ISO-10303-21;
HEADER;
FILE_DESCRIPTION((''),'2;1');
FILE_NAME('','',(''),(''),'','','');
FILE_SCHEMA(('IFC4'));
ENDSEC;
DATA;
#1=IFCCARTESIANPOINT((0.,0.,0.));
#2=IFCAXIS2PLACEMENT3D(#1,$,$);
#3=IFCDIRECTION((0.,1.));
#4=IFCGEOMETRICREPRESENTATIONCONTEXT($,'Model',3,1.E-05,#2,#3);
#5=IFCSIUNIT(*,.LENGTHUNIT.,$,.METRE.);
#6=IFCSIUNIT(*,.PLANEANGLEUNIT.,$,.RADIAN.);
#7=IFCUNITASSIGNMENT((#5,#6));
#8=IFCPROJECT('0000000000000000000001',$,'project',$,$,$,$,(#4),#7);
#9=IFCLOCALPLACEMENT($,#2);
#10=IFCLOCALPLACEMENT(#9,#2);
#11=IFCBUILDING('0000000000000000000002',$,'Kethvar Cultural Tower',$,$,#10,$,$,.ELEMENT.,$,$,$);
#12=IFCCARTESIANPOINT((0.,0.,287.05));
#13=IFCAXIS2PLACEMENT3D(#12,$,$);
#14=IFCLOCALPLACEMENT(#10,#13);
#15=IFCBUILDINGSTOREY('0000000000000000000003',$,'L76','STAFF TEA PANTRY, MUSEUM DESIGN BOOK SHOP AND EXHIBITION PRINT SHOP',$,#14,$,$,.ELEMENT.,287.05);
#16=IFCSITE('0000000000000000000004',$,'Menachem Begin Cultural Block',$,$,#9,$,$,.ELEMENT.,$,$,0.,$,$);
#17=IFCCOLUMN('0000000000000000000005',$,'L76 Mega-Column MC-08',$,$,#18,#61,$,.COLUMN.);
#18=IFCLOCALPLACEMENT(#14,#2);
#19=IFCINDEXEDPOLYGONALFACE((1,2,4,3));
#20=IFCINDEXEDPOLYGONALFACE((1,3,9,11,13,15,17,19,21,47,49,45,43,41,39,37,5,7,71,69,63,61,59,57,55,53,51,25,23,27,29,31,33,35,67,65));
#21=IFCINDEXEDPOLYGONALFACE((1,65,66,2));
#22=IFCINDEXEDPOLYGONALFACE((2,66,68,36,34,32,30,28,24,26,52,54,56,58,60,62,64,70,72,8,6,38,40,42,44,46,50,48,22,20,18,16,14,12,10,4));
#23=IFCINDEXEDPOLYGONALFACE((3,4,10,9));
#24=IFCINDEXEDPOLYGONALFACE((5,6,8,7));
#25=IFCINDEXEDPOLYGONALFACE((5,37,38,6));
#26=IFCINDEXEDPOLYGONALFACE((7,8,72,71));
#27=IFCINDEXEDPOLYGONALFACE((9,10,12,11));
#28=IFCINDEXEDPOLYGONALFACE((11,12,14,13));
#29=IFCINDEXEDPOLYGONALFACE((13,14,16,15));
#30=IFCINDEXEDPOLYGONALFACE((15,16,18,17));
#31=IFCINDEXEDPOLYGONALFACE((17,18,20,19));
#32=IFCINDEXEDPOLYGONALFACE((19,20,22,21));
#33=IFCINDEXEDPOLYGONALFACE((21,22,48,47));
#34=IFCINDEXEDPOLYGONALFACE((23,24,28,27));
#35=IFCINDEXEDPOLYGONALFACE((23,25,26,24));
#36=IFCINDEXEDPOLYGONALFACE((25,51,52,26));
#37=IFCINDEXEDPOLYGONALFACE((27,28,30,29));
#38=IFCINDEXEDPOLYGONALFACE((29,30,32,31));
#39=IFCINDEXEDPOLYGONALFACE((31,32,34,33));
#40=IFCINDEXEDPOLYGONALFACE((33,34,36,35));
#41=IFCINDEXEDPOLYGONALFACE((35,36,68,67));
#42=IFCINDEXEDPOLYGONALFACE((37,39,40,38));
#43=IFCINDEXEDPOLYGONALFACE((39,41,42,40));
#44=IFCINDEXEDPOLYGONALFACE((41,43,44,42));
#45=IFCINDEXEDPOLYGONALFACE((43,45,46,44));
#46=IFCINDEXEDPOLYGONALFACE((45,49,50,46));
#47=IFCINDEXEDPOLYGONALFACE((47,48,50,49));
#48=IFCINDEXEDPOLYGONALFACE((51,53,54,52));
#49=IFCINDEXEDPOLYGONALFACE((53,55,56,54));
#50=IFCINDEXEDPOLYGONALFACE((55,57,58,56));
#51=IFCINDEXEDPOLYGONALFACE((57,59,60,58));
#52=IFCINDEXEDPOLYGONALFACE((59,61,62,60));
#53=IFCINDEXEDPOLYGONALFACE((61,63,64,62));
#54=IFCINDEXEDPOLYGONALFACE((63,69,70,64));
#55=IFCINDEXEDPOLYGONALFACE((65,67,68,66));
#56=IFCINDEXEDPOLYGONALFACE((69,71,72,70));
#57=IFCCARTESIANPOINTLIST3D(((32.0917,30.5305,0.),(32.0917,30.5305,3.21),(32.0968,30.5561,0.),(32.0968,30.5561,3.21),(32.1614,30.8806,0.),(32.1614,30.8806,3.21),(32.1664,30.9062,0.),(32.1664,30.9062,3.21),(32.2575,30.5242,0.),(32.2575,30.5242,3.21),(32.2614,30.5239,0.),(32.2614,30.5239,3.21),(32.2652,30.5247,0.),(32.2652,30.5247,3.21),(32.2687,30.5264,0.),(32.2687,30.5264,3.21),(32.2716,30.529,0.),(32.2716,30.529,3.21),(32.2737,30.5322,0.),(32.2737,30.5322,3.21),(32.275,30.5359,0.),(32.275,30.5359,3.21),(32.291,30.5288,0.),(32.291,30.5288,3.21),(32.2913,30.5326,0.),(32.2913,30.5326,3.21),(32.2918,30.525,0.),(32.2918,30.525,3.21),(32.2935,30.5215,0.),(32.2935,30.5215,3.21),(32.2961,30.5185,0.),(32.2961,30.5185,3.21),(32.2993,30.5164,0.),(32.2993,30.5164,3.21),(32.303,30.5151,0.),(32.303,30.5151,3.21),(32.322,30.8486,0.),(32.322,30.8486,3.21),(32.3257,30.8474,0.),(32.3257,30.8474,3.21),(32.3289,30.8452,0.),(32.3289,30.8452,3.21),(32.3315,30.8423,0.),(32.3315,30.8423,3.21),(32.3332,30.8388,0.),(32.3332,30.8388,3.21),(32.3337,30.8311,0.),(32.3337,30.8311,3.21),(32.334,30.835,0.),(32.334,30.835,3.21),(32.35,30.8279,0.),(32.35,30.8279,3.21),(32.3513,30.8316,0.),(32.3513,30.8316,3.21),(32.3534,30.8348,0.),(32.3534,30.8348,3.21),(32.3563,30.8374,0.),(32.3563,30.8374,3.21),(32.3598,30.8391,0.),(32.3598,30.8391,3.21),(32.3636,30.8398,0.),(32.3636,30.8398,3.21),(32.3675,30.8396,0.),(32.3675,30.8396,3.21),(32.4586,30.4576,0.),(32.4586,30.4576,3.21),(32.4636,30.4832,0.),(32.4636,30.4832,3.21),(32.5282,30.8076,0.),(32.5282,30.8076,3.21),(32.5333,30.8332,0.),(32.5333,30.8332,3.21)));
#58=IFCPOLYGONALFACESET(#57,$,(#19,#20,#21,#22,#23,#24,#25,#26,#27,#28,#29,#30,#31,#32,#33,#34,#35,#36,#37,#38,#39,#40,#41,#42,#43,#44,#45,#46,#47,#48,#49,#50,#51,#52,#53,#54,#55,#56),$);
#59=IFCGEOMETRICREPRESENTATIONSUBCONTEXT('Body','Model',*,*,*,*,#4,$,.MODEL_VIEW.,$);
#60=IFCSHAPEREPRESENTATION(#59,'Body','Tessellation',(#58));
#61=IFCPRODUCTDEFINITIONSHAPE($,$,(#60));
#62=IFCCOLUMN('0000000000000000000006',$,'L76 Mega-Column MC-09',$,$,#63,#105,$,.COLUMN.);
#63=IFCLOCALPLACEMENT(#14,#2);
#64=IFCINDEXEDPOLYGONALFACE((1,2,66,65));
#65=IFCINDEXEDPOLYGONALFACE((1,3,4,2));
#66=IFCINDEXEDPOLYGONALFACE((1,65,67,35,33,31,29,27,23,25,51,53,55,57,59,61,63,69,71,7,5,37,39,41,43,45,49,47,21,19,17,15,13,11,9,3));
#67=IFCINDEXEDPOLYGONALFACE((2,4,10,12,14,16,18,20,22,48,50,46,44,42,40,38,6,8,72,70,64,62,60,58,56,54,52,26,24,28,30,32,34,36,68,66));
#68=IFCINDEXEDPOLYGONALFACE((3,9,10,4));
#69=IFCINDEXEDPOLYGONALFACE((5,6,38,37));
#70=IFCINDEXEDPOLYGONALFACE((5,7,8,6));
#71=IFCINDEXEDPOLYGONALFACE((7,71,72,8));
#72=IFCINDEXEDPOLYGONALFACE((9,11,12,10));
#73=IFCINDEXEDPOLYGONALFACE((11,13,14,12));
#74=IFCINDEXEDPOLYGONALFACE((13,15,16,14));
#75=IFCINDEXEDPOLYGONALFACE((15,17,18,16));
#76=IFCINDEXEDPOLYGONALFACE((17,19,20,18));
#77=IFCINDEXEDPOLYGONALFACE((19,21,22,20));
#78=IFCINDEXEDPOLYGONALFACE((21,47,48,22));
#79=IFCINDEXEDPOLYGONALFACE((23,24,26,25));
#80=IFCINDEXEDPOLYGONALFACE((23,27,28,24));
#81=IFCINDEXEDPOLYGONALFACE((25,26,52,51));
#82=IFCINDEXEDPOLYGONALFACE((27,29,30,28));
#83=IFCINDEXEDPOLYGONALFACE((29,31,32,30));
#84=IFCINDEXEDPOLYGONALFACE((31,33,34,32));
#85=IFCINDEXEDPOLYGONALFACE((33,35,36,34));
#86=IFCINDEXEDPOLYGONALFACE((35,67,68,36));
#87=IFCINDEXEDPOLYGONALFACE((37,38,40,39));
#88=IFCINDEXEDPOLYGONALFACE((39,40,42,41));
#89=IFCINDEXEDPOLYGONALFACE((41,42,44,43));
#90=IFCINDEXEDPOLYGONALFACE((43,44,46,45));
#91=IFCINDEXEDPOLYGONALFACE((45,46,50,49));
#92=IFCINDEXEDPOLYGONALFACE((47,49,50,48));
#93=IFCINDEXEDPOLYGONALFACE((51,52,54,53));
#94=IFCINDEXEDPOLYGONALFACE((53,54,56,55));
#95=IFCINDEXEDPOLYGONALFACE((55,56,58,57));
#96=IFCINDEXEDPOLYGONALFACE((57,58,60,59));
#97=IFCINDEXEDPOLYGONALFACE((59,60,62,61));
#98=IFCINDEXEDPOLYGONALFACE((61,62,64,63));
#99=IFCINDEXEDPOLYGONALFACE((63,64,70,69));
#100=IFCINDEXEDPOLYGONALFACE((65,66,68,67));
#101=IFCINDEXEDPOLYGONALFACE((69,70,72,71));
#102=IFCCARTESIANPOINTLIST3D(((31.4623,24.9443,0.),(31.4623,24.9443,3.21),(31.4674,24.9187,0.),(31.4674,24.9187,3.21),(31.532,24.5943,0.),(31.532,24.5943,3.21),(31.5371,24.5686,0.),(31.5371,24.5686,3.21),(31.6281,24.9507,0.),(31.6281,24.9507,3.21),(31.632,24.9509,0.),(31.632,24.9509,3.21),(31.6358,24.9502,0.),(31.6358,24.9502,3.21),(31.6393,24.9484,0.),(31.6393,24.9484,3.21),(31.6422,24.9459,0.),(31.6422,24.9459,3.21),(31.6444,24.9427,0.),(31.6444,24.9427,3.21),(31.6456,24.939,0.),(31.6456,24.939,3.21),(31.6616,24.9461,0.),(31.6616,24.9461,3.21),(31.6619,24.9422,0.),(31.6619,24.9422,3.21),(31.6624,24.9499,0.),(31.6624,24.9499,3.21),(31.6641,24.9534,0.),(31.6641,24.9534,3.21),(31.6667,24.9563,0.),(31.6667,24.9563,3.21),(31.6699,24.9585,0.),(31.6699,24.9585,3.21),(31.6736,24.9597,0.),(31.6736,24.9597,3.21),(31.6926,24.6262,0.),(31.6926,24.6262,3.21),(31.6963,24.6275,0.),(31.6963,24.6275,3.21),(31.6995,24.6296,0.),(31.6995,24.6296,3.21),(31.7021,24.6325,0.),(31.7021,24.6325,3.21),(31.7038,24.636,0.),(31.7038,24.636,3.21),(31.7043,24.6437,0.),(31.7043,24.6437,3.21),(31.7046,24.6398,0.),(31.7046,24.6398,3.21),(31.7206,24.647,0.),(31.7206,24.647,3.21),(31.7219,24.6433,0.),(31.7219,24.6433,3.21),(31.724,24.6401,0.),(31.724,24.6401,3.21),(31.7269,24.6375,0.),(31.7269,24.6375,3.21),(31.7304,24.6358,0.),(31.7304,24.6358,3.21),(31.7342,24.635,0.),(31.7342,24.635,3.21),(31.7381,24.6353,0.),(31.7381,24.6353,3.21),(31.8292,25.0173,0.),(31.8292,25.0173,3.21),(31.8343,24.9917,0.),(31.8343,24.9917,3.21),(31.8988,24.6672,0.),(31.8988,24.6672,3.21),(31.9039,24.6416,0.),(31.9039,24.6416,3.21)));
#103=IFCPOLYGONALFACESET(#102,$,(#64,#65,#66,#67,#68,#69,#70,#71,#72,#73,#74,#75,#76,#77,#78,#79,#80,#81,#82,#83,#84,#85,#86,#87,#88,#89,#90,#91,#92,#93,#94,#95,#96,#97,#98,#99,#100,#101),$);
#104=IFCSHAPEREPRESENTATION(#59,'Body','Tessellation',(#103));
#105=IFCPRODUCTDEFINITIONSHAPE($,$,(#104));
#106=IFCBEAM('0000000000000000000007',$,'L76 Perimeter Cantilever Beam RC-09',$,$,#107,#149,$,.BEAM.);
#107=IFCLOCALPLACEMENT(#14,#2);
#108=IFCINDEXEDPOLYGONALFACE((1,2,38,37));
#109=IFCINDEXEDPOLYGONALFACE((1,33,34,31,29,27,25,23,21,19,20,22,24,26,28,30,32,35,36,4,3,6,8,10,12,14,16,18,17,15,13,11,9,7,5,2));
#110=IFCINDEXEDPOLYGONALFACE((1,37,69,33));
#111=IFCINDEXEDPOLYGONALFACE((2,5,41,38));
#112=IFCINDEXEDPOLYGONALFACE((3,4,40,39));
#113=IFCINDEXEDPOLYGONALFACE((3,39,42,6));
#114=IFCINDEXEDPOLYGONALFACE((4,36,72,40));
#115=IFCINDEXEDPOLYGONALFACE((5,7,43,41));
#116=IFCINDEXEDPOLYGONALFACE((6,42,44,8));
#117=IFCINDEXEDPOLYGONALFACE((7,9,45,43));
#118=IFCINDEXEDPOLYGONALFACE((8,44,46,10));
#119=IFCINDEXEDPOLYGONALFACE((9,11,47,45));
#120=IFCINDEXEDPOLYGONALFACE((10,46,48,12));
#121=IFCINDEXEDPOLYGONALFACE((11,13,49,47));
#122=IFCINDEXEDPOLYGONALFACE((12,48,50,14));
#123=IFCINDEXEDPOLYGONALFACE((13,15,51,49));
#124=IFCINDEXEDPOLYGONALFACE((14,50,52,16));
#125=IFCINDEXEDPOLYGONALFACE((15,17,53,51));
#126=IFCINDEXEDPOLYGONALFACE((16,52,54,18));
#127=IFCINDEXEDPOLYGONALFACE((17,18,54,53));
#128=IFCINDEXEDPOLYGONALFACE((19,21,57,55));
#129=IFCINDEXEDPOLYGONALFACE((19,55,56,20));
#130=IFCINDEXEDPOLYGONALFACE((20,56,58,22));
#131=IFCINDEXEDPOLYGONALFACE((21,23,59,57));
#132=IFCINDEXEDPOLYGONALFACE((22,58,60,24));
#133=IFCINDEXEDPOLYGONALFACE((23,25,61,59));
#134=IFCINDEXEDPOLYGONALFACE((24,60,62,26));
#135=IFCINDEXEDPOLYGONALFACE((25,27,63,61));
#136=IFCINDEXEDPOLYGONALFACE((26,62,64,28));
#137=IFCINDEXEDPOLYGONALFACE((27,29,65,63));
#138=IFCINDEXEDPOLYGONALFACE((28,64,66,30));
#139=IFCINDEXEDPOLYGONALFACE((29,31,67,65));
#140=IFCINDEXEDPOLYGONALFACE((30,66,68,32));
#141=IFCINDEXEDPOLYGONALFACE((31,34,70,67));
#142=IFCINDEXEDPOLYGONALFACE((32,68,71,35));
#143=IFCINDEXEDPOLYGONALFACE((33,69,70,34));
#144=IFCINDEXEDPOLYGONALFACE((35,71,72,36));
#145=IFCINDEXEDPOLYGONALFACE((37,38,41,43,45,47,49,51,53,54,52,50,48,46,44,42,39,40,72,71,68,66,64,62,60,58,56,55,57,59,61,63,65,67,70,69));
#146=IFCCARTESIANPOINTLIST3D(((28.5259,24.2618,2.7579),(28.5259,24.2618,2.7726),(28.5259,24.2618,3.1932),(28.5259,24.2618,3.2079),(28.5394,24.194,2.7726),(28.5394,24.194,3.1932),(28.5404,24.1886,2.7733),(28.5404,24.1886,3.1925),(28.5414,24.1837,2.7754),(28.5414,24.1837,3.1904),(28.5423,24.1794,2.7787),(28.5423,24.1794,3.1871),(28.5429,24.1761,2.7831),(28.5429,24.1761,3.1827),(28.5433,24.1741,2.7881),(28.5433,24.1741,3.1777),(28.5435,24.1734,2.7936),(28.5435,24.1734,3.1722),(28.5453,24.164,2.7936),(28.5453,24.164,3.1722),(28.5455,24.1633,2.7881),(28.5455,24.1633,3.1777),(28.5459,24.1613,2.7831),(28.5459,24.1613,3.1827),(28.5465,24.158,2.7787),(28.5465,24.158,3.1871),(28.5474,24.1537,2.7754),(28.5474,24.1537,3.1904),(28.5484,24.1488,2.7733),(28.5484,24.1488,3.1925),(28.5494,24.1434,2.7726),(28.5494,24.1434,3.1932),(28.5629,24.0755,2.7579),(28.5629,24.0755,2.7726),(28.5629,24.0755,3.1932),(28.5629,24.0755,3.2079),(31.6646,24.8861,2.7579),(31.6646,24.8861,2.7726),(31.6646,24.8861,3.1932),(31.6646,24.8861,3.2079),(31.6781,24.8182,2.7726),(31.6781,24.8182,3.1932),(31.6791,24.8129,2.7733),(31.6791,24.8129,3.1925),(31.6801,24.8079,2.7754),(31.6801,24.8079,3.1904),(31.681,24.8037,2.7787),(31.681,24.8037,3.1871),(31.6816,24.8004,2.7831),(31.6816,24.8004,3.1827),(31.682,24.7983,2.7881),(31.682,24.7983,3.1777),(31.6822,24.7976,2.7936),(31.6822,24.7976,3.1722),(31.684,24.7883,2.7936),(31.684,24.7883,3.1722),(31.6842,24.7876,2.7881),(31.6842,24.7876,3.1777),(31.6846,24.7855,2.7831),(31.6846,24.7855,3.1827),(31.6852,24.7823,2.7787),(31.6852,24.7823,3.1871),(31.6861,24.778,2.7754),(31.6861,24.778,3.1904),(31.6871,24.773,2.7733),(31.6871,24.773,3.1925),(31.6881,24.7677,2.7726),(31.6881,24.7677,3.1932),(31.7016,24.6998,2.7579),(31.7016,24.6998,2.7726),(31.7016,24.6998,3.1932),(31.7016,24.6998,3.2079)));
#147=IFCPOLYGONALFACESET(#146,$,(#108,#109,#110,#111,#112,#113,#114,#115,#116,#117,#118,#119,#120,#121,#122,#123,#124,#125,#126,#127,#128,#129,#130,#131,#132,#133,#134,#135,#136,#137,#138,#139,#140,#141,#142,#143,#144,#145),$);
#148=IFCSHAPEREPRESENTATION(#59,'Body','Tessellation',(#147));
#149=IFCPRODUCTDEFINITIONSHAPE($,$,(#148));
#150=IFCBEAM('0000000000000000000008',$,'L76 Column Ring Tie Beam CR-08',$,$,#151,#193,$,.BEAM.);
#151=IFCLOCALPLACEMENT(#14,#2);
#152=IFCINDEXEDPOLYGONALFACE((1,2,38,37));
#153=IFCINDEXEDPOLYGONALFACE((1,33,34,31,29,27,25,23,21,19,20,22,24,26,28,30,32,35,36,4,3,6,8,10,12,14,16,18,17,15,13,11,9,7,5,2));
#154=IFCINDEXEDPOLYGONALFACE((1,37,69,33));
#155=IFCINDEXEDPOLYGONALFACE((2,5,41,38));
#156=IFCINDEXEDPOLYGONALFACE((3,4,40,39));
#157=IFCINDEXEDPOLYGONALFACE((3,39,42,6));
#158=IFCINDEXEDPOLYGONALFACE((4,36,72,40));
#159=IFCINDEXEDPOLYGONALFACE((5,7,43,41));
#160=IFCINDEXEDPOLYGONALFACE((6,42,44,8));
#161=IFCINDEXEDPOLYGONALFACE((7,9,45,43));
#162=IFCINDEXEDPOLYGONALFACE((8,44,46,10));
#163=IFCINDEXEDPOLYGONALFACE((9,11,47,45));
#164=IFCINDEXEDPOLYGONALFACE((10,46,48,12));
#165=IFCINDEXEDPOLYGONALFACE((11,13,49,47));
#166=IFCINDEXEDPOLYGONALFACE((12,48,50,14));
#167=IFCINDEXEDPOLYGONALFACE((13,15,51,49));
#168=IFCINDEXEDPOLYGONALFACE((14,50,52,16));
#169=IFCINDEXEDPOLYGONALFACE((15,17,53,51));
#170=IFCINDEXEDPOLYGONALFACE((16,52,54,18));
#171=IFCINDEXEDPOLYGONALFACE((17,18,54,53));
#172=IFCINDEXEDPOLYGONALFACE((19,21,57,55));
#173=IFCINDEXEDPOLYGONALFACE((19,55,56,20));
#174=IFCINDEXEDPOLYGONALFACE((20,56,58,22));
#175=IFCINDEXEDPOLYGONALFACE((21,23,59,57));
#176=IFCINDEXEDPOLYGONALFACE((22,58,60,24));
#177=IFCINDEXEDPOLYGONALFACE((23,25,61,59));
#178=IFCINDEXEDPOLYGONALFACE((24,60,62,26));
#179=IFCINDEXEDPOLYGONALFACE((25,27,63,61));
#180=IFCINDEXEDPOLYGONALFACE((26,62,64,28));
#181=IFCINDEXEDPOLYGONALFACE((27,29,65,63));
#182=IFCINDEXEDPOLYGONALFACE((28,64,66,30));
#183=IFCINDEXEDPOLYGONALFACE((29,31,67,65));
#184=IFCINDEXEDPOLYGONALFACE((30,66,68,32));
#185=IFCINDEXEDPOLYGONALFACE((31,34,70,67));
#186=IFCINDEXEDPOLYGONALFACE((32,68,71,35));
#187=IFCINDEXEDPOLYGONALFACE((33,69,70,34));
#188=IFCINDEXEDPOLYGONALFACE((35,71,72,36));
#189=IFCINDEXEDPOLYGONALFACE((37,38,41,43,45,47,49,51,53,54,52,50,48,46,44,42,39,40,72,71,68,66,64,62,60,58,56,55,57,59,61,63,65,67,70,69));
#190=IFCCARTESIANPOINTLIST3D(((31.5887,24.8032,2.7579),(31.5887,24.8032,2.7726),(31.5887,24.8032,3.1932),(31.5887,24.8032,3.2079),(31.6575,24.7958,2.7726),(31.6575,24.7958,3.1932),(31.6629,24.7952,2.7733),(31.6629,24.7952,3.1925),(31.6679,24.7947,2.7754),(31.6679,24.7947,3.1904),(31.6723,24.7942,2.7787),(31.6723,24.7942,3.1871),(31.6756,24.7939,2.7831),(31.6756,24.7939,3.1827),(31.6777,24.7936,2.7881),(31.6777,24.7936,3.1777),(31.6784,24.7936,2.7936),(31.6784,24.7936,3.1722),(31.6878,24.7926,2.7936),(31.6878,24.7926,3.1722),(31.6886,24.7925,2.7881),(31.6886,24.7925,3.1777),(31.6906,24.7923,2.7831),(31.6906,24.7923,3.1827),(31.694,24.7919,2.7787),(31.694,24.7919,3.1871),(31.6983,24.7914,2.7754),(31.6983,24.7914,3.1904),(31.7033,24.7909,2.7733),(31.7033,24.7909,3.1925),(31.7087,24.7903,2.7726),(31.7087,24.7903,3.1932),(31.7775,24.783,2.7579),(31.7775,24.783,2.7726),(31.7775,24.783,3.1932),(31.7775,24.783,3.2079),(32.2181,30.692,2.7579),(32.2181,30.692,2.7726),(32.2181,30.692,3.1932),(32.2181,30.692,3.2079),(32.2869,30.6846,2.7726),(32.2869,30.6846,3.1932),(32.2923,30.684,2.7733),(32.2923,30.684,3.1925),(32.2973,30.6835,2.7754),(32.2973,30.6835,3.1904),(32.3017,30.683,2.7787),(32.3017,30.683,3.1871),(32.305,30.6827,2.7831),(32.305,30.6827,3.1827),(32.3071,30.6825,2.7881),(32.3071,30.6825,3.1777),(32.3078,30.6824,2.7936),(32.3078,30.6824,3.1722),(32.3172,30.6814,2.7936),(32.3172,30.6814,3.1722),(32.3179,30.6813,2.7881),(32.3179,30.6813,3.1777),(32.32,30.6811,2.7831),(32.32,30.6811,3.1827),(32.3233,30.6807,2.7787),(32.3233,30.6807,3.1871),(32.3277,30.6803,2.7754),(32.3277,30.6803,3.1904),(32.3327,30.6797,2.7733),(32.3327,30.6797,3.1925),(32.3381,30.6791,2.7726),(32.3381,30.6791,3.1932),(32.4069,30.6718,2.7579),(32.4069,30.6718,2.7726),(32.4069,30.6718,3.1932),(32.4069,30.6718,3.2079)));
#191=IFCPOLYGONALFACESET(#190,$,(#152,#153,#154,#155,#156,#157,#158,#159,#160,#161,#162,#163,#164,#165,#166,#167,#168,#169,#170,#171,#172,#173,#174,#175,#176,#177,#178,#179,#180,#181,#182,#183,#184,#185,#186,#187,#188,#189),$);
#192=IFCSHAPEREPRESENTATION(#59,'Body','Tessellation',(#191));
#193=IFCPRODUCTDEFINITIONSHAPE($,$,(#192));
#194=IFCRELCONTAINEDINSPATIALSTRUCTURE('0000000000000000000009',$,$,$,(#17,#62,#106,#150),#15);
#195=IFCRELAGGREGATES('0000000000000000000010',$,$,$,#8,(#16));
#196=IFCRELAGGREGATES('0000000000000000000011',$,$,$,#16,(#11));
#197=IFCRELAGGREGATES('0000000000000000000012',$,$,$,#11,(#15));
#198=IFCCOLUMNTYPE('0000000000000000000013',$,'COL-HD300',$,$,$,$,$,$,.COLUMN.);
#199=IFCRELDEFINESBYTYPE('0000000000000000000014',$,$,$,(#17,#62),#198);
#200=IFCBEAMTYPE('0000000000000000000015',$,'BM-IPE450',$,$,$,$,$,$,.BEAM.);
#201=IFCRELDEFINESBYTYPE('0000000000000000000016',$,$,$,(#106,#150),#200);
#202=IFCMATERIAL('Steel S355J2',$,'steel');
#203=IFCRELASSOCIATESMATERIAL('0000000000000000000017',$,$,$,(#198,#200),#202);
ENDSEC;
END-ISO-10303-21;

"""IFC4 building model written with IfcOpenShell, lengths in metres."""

from ifc_helpers import new_model, si_unit, direction, frame, origin, origin_2d, place, context, subcontext, project, spatial, i_section, extrude, source, transform, mapped, material, material_profile, profile_set, type_object, element, save


model = new_model("IFC4")

# Units and contexts
model_context = context("Model", 3, precision=1e-05, world=origin(), true_north=direction((0.0, 1.0)))
body_context = subcontext(model_context, "Body", "Model", "MODEL_VIEW")
ifc_project = project(units=[si_unit("LENGTHUNIT", "METRE"), si_unit("PLANEANGLEUNIT", "RADIAN")], contexts=[model_context])

# Site, building, storey
site_placement = place(None, origin())
site = spatial("IfcSite", under=ifc_project, at=site_placement, Name="Menachem Begin Cultural Block", CompositionType="ELEMENT", RefElevation=0.0)
building_placement = place(site_placement, origin())
building = spatial("IfcBuilding", under=site, at=building_placement, Name="Kethvar Cultural Tower", CompositionType="ELEMENT")
storey_placement = place(building_placement, frame((0.0, 0.0, 287.05)))
storey = spatial("IfcBuildingStorey", under=building, at=storey_placement, Name="L76", Description="STAFF TEA PANTRY, MUSEUM DESIGN BOOK SHOP AND EXHIBITION PRINT SHOP", CompositionType="ELEMENT", Elevation=287.05)

# Columns
ifc_material_1 = material(Name="Steel S355J2", Category="steel")
ifc_material_profile_1 = material_profile(ifc_material_1, i_section(OverallWidth=0.374, OverallDepth=0.3831, WebThickness=0.0166, FlangeThickness=0.0261, FilletRadius=0.0149, at=origin_2d()), Name="Steel S355J2 — HD360x300")
ifc_profile_set_1 = profile_set([ifc_material_profile_1], Name="Steel S355J2 — HD360x300")
column_type = type_object("IfcColumnType", Name="COL-HD300", PredefinedType="COLUMN", material=ifc_profile_set_1)
shared_shape_1 = source(origin(), body_context, "Body", "SweptSolid", [
    extrude(i_section(OverallWidth=0.374, OverallDepth=0.3831, WebThickness=0.0166, FlangeThickness=0.0261, FilletRadius=0.0149, at=origin_2d()), origin(), (0.0, 0.0, 1.0), 3.21),
])
for number, where, z_axis, x_axis, name in (
    (1, (32.3125, 30.6819, 0.0), (0.0, 0.0, 1.0), (-0.980785, 0.19509, 0.0), "L76 Mega-Column MC-08"),
    (2, (31.6831, 24.793, 0.0), (0.0, 0.0, 1.0), (-0.980785, -0.19509, 0.0), "L76 Mega-Column MC-09"),
):
    element("IfcColumn", number, at=place(storey_placement, frame(where, z_axis=z_axis, x_axis=x_axis)), inside=storey, type_object=column_type, Name=name, PredefinedType="COLUMN", context=body_context, shape_type="MappedRepresentation", body=[
        mapped(shared_shape_1, transform((0.0, 0.0, 0.0), scale=1.0)),
    ])

# Beams
ifc_material_profile_2 = material_profile(ifc_material_1, i_section(OverallWidth=0.1899, OverallDepth=0.45, WebThickness=0.0095, FlangeThickness=0.0146, FilletRadius=0.021, at=origin_2d()), Name="Steel S355J2 — IPE450")
ifc_profile_set_2 = profile_set([ifc_material_profile_2], Name="Steel S355J2 — IPE450")
beam_type_1 = type_object("IfcBeamType", Name="BM-IPE450", PredefinedType="BEAM", material=ifc_profile_set_2)
shared_shape_2 = source(origin(), body_context, "Body", "SweptSolid", [
    extrude(i_section(OverallWidth=0.1899, OverallDepth=0.45, WebThickness=0.0095, FlangeThickness=0.0146, FilletRadius=0.021, at=origin_2d()), origin(), (0.0, 0.0, 1.0), 3.2002),
])
beam_1_placement = place(storey_placement, frame((31.6831, 24.793, 2.9829), z_axis=(-0.980788, -0.195074, 0.0), x_axis=(0.195074, -0.980788, 0.0)))
element("IfcBeam", 3, at=beam_1_placement, inside=storey, type_object=beam_type_1, Name="L76 Perimeter Cantilever Beam RC-09", PredefinedType="BEAM", context=body_context, shape_type="MappedRepresentation", body=[
    mapped(shared_shape_2, transform((0.0, 0.0, 0.0), scale=1.0)),
])
shared_shape_3 = source(origin(), body_context, "Body", "SweptSolid", [
    extrude(i_section(OverallWidth=0.1899, OverallDepth=0.45, WebThickness=0.0095, FlangeThickness=0.0146, FilletRadius=0.021, at=origin_2d()), origin(), (0.0, 0.0, 1.0), 5.9224),
])
beam_2_placement = place(storey_placement, frame((32.3125, 30.6819, 2.9829), z_axis=(-0.106273, -0.994337, 0.0), x_axis=(0.994337, -0.106273, 0.0)))
element("IfcBeam", 4, at=beam_2_placement, inside=storey, type_object=beam_type_1, Name="L76 Column Ring Tie Beam CR-08", PredefinedType="BEAM", context=body_context, shape_type="MappedRepresentation", body=[
    mapped(shared_shape_3, transform((0.0, 0.0, 0.0), scale=1.0)),
])

save(model, "model.ifc")
